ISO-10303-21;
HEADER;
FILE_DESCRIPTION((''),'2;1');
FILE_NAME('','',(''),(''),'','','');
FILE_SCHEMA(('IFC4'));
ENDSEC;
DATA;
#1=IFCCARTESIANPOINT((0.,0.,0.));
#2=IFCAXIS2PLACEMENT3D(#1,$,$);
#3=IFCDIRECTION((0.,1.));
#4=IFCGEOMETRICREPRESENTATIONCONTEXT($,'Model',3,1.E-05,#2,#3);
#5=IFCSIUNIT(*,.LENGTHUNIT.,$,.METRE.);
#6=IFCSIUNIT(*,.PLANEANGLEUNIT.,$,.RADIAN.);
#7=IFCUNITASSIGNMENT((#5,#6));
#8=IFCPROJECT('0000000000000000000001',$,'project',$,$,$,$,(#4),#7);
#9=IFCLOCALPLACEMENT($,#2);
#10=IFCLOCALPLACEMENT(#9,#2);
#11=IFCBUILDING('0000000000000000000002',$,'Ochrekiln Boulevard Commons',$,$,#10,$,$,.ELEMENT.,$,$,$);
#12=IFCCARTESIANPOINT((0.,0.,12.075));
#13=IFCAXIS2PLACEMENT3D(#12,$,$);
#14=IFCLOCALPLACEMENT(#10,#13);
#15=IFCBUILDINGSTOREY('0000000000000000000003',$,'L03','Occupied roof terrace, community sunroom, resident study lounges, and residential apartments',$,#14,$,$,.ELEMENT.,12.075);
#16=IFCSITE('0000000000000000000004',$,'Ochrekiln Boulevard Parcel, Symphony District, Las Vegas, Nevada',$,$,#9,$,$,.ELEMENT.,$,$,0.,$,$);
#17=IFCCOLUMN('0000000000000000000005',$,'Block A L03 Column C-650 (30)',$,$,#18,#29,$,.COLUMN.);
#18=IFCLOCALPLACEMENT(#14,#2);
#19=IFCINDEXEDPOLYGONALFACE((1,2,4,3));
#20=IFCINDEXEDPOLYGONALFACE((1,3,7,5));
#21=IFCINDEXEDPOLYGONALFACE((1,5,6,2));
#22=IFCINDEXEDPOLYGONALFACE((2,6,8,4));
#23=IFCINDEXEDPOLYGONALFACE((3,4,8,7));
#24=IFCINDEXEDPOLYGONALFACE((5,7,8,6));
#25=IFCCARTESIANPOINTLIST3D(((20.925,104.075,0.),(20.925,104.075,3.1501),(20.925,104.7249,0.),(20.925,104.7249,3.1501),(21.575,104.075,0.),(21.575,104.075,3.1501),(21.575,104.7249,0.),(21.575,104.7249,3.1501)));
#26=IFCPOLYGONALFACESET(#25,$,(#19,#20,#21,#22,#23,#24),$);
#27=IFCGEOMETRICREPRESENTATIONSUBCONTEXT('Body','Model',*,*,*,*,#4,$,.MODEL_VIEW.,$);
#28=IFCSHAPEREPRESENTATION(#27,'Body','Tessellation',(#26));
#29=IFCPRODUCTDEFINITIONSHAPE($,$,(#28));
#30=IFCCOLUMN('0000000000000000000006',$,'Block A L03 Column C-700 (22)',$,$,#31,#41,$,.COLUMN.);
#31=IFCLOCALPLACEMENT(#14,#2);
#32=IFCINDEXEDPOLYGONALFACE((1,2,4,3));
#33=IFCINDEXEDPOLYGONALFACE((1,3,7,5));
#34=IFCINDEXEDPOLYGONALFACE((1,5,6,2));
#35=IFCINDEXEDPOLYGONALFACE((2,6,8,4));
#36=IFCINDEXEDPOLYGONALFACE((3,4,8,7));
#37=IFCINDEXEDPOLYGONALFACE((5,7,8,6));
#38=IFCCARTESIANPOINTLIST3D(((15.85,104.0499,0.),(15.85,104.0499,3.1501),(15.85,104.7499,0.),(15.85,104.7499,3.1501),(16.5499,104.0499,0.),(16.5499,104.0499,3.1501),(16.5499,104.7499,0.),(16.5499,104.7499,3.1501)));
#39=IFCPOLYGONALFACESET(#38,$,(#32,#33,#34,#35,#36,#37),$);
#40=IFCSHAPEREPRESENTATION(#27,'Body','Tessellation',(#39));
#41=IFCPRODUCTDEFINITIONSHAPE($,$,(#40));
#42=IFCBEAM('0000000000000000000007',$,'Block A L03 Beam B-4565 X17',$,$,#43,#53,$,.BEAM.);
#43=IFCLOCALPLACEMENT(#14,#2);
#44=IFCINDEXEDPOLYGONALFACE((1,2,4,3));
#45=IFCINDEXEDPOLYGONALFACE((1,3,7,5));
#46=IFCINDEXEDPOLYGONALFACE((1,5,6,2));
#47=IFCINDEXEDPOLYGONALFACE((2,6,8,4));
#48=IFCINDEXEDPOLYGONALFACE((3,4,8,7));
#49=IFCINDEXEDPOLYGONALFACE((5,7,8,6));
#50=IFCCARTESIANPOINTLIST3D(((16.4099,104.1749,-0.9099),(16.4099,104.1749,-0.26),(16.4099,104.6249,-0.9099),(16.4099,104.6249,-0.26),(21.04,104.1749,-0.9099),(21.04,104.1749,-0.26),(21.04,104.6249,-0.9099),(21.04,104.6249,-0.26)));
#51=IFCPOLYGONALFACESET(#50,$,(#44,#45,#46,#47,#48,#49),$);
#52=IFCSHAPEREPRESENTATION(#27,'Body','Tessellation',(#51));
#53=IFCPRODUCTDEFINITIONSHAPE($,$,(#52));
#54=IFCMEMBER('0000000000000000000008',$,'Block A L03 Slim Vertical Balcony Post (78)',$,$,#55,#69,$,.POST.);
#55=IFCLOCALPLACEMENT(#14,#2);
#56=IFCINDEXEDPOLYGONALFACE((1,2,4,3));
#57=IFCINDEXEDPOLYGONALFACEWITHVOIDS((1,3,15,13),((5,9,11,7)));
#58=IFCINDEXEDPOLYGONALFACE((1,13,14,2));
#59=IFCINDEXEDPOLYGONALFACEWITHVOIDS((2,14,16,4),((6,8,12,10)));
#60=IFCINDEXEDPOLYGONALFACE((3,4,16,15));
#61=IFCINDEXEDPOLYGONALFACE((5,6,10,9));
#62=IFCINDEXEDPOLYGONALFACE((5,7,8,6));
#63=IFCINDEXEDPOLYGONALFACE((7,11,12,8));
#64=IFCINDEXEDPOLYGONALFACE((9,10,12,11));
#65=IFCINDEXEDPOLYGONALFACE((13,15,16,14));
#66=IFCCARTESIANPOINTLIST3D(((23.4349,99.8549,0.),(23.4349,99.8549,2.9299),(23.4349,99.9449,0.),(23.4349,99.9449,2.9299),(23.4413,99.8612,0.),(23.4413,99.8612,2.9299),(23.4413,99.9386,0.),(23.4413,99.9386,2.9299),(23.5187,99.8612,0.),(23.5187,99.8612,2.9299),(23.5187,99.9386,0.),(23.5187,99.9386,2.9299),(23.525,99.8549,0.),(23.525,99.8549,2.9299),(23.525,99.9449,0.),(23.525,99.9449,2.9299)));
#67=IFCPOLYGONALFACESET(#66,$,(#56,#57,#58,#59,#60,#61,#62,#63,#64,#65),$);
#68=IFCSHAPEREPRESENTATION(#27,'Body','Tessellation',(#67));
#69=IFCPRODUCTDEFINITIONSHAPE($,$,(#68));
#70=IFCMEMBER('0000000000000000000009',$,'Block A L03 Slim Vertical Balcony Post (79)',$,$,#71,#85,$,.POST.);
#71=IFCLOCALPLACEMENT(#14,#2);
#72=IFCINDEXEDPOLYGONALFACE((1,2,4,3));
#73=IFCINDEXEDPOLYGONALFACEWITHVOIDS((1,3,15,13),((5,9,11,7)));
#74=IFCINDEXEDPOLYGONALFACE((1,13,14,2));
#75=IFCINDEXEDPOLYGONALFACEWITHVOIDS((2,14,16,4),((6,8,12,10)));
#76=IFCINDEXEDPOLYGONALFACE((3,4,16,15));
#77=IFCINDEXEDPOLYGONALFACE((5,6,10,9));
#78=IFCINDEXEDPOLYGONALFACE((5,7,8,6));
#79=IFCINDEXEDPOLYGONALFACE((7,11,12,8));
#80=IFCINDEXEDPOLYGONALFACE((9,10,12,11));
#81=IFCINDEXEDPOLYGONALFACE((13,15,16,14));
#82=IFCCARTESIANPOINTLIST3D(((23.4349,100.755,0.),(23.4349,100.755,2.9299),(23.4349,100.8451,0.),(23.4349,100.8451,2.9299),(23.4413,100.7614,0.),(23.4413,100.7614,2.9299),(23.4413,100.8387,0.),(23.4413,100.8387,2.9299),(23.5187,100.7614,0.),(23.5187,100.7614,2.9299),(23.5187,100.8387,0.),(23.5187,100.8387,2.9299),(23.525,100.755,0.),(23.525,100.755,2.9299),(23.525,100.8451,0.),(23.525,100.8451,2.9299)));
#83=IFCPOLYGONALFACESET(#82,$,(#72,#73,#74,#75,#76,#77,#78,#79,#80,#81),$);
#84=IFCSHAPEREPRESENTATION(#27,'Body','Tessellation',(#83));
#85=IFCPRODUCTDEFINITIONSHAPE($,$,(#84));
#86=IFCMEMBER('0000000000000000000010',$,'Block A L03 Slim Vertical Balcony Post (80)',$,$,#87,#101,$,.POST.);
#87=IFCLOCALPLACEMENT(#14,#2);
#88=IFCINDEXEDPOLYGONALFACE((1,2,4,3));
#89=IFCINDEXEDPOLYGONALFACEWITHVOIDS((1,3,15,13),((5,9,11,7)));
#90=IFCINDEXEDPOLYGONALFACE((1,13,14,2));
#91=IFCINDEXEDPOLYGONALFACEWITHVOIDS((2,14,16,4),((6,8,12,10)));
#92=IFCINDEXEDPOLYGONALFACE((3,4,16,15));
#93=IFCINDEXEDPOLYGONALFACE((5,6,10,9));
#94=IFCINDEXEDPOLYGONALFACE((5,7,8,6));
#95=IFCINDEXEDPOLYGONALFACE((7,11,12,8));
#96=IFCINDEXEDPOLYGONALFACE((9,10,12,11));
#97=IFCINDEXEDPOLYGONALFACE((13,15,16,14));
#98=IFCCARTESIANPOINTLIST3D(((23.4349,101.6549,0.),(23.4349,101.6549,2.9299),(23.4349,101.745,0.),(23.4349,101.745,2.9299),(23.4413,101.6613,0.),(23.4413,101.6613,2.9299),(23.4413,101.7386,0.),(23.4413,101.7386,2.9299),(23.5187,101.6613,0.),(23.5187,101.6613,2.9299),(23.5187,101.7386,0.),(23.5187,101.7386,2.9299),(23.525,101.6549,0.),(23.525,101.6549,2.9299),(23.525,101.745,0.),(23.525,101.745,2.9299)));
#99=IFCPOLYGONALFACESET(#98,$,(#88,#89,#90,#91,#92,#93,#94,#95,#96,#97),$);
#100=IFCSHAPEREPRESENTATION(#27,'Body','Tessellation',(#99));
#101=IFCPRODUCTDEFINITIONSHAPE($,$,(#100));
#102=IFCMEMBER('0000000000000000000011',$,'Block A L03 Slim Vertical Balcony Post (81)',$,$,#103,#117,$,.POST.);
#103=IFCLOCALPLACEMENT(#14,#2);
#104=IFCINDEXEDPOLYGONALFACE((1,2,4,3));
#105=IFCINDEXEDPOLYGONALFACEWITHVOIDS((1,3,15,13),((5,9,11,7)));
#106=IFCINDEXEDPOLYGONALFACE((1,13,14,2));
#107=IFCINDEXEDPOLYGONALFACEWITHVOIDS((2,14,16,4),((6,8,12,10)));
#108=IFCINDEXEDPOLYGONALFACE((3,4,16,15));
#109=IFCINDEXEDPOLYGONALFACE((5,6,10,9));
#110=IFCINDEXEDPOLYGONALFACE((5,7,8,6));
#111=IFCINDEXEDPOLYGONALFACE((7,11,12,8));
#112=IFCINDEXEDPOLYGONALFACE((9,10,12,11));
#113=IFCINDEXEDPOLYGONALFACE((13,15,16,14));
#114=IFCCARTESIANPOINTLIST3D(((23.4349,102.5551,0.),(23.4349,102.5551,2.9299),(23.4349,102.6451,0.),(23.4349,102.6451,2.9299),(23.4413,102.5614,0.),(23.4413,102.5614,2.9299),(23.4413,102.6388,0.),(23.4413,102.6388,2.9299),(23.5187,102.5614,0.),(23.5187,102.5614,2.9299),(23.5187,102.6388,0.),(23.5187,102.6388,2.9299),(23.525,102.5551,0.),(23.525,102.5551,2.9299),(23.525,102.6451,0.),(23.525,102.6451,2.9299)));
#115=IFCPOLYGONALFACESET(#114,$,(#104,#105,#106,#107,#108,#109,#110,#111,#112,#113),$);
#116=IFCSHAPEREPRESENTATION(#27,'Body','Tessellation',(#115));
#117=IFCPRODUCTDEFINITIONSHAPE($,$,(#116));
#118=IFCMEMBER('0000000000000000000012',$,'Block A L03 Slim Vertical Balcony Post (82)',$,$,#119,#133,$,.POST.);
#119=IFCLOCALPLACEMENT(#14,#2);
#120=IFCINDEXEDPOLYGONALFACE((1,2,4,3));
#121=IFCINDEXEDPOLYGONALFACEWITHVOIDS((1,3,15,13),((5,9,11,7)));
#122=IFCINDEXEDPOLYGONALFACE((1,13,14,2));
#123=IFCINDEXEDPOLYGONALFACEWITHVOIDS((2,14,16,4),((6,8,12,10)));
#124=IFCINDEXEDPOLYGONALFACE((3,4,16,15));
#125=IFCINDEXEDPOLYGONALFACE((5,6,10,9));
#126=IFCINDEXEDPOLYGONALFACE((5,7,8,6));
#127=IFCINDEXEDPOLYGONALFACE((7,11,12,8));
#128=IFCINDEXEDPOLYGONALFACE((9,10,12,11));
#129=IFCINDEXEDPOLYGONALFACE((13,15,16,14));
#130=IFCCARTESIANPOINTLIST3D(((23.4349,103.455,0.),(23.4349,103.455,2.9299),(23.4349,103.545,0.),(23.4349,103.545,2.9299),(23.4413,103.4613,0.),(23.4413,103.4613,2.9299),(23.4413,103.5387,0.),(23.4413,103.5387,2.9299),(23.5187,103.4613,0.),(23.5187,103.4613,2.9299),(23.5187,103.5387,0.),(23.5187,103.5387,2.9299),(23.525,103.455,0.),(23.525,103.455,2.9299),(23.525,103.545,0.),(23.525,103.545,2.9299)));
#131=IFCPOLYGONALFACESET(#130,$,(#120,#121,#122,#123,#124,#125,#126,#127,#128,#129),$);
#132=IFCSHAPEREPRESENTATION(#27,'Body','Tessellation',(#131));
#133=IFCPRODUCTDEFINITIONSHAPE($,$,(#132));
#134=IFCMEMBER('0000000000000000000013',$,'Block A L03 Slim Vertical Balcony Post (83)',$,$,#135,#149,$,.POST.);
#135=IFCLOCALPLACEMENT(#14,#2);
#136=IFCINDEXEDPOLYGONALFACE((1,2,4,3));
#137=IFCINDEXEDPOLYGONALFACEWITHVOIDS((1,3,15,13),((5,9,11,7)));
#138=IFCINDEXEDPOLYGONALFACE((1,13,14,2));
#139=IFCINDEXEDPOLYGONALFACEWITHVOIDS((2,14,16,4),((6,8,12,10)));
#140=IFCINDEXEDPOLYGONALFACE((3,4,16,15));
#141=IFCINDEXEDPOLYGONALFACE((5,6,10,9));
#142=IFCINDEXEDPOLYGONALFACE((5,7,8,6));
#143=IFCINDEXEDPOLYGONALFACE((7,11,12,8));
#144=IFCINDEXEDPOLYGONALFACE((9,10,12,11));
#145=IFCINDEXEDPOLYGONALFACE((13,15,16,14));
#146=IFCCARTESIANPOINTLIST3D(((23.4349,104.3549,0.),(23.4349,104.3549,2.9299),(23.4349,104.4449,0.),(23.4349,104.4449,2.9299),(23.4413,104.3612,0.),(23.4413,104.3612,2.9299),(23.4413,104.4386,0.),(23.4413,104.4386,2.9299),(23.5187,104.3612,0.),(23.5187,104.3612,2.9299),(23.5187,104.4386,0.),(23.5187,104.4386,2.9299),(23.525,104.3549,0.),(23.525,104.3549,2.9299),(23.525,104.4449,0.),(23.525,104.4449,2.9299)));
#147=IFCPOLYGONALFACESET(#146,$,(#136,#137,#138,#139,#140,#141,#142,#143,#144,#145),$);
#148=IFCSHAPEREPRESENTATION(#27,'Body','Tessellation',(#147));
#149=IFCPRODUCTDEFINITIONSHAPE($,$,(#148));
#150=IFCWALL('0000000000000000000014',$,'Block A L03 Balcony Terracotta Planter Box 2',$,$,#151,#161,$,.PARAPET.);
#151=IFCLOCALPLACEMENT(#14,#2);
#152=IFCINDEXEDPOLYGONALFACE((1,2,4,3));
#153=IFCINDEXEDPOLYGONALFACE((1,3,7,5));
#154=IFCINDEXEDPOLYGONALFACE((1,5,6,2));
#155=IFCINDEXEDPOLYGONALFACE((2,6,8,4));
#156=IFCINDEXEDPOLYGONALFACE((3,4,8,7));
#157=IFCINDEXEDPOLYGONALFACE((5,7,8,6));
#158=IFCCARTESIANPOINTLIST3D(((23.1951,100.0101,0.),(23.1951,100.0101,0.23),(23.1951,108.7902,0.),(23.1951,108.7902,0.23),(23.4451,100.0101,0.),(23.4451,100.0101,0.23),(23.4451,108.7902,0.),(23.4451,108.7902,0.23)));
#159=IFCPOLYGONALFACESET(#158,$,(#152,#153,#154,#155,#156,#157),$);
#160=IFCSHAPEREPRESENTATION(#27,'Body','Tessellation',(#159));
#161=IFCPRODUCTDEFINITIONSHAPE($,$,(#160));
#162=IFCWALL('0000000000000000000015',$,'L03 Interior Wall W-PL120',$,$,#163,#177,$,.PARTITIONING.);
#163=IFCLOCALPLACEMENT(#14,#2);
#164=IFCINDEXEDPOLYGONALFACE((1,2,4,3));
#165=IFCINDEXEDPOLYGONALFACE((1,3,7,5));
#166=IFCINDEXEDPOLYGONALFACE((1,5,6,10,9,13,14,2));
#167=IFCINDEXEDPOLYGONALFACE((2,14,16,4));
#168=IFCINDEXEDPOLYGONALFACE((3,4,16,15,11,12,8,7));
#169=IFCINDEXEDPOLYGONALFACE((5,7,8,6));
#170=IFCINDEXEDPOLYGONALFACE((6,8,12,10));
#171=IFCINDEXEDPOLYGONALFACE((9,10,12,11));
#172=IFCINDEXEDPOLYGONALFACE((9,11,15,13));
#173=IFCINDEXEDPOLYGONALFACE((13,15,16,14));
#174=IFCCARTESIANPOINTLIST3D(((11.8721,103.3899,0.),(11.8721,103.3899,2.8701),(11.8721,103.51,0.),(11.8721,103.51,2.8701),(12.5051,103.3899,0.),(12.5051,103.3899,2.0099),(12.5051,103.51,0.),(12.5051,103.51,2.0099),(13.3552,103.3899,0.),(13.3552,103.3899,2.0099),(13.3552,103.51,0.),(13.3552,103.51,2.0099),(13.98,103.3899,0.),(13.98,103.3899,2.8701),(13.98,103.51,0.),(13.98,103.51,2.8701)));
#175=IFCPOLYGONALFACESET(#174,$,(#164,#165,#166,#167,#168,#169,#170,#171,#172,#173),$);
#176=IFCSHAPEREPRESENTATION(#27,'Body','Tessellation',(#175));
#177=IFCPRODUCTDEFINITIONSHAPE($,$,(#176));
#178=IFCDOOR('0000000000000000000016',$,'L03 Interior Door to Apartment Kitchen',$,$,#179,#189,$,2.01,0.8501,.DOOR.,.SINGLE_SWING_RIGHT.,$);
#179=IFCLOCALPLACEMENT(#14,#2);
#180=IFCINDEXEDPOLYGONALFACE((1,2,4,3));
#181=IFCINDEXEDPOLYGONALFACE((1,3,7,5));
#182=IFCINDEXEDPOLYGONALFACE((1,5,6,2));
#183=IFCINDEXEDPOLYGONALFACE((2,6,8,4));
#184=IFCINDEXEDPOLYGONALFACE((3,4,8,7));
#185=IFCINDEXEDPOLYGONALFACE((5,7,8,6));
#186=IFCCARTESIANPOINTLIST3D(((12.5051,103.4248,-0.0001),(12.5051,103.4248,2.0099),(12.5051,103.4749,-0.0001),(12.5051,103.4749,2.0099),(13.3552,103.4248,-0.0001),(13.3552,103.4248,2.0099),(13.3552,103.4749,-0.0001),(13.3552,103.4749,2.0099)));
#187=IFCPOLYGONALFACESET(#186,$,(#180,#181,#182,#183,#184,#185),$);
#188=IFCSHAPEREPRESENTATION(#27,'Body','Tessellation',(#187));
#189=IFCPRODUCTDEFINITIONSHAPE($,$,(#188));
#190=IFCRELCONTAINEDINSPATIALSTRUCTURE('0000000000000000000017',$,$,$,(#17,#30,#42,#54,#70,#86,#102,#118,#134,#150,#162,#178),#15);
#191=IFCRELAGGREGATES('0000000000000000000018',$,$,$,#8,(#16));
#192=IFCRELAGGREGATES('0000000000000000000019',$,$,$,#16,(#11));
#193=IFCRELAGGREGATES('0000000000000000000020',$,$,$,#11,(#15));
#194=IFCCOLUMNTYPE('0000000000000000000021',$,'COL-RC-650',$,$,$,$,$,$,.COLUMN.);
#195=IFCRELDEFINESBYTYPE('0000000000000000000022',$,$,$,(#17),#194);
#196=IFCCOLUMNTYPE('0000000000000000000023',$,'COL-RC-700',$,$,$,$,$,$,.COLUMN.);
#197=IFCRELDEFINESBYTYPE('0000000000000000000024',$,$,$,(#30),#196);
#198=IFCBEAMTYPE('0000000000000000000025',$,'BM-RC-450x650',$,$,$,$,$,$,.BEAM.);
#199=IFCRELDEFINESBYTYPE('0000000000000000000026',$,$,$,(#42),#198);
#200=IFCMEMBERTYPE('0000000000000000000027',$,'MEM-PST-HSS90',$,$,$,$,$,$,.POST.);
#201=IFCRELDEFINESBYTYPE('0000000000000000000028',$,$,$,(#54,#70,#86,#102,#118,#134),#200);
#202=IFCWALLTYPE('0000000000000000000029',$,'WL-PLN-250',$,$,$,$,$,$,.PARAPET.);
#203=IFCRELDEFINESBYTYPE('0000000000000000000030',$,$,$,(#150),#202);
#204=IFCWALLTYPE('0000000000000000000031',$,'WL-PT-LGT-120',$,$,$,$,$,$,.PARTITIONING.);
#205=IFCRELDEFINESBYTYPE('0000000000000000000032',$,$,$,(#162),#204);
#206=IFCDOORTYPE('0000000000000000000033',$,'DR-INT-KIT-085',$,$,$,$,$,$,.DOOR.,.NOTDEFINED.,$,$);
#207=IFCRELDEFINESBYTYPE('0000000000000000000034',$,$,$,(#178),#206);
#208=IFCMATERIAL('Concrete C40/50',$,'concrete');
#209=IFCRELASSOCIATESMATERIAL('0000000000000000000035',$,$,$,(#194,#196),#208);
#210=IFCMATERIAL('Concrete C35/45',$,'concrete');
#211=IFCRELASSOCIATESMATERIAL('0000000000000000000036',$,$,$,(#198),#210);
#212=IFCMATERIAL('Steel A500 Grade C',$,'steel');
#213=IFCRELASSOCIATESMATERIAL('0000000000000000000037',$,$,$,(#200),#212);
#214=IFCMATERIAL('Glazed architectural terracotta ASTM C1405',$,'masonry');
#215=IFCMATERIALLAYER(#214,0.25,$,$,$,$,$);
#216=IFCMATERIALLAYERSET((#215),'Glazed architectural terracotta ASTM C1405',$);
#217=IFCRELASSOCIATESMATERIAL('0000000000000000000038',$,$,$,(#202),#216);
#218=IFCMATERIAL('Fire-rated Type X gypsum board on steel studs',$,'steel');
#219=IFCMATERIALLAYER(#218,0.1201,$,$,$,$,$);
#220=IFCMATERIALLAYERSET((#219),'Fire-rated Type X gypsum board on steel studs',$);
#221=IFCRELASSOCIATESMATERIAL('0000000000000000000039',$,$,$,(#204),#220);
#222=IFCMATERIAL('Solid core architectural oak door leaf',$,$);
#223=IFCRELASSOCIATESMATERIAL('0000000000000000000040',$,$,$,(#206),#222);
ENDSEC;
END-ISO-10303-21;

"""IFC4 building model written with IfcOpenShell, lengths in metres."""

from ifc_helpers import new_model, si_unit, direction, frame, frame_2d, origin, origin_2d, place, context, subcontext, project, spatial, rectangle, hollow_rectangle, extrude, material, layer, layer_set, material_profile, profile_set, type_object, element, fill, save


model = new_model("IFC4")

# Units and contexts
model_context = context("Model", 3, precision=1e-05, world=origin(), true_north=direction((0.0, 1.0)))
body_context = subcontext(model_context, "Body", "Model", "MODEL_VIEW")
ifc_project = project(units=[si_unit("LENGTHUNIT", "METRE"), si_unit("PLANEANGLEUNIT", "RADIAN")], contexts=[model_context])

# Site, building, storey
site_placement = place(None, origin())
site = spatial("IfcSite", under=ifc_project, at=site_placement, Name="Ochrekiln Boulevard Parcel, Symphony District, Las Vegas, Nevada", CompositionType="ELEMENT", RefElevation=0.0)
building_placement = place(site_placement, origin())
building = spatial("IfcBuilding", under=site, at=building_placement, Name="Ochrekiln Boulevard Commons", CompositionType="ELEMENT")
storey_placement = place(building_placement, frame((0.0, 0.0, 12.075)))
storey = spatial("IfcBuildingStorey", under=building, at=storey_placement, Name="L03", Description="Occupied roof terrace, community sunroom, resident study lounges, and residential apartments", CompositionType="ELEMENT", Elevation=12.075)

# Columns
ifc_material_1 = material(Name="Concrete C40/50", Category="concrete")
ifc_material_profile_1 = material_profile(ifc_material_1, rectangle(XDim=0.6499, YDim=0.6499, at=origin_2d()), Name="RC-COL-650x650")
ifc_profile_set_1 = profile_set([ifc_material_profile_1], Name="Concrete C40/50")
column_type_1 = type_object("IfcColumnType", Name="COL-RC-650", PredefinedType="COLUMN", material=ifc_profile_set_1)
column_1_placement = place(storey_placement, frame((21.25, 104.3999, 0.0), z_axis=(0.0, 0.0, 1.0), x_axis=(1.0, 0.0, 0.0)))
element("IfcColumn", 1, at=column_1_placement, inside=storey, type_object=column_type_1, Name="Block A L03 Column C-650 (30)", PredefinedType="COLUMN", context=body_context, shape_type="SweptSolid", body=[
    extrude(rectangle(XDim=0.6499, YDim=0.6499, at=origin_2d()), origin(), (0.0, 0.0, 1.0), 3.1501),
])
ifc_material_profile_2 = material_profile(ifc_material_1, rectangle(XDim=0.7, YDim=0.7, at=origin_2d()), Name="RC-COL-700x700")
ifc_profile_set_2 = profile_set([ifc_material_profile_2], Name="Concrete C40/50")
column_type_2 = type_object("IfcColumnType", Name="COL-RC-700", PredefinedType="COLUMN", material=ifc_profile_set_2)
column_2_placement = place(storey_placement, frame((16.2, 104.3999, 0.0), z_axis=(0.0, 0.0, 1.0), x_axis=(1.0, 0.0, 0.0)))
element("IfcColumn", 2, at=column_2_placement, inside=storey, type_object=column_type_2, Name="Block A L03 Column C-700 (22)", PredefinedType="COLUMN", context=body_context, shape_type="SweptSolid", body=[
    extrude(rectangle(XDim=0.7, YDim=0.7, at=origin_2d()), origin(), (0.0, 0.0, 1.0), 3.1501),
])

# Beam
ifc_material_2 = material(Name="Concrete C35/45", Category="concrete")
ifc_material_profile_3 = material_profile(ifc_material_2, rectangle(XDim=0.45, YDim=0.6499, at=origin_2d()), Name="RC-BM-450x650")
ifc_profile_set_3 = profile_set([ifc_material_profile_3], Name="Concrete C35/45")
beam_type = type_object("IfcBeamType", Name="BM-RC-450x650", PredefinedType="BEAM", material=ifc_profile_set_3)
beam_placement = place(storey_placement, frame((16.4099, 104.3999, -0.585), z_axis=(1.0, 0.0, 0.0), x_axis=(0.0, 1.0, 0.0)))
element("IfcBeam", 3, at=beam_placement, inside=storey, type_object=beam_type, Name="Block A L03 Beam B-4565 X17", PredefinedType="BEAM", context=body_context, shape_type="SweptSolid", body=[
    extrude(rectangle(XDim=0.45, YDim=0.6499, at=origin_2d()), origin(), (0.0, 0.0, 1.0), 4.6301),
])

# Members
ifc_material_3 = material(Name="Steel A500 Grade C", Category="steel")
ifc_material_profile_4 = material_profile(ifc_material_3, hollow_rectangle(XDim=0.0901, YDim=0.0901, WallThickness=0.0063, at=origin_2d()), Name="HSS90X90X6.4")
ifc_profile_set_4 = profile_set([ifc_material_profile_4], Name="Steel A500 Grade C")
member_type = type_object("IfcMemberType", Name="MEM-PST-HSS90", PredefinedType="POST", material=ifc_profile_set_4)
for number, where, z_axis, x_axis, name in (
    (4, (23.48, 99.8999, 0.0), (0.0, 0.0, 1.0), (1.0, 0.0, 0.0), "Block A L03 Slim Vertical Balcony Post (78)"),
    (5, (23.48, 100.8, 0.0), (0.0, 0.0, 1.0), (1.0, 0.0, 0.0), "Block A L03 Slim Vertical Balcony Post (79)"),
    (6, (23.48, 101.7, 0.0), (0.0, 0.0, 1.0), (1.0, 0.0, 0.0), "Block A L03 Slim Vertical Balcony Post (80)"),
    (7, (23.48, 102.6001, 0.0), (0.0, 0.0, 1.0), (1.0, 0.0, 0.0), "Block A L03 Slim Vertical Balcony Post (81)"),
    (8, (23.48, 103.5, 0.0), (0.0, 0.0, 1.0), (1.0, 0.0, 0.0), "Block A L03 Slim Vertical Balcony Post (82)"),
    (9, (23.48, 104.3999, 0.0), (0.0, 0.0, 1.0), (1.0, 0.0, 0.0), "Block A L03 Slim Vertical Balcony Post (83)"),
):
    element("IfcMember", number, at=place(storey_placement, frame(where, z_axis=z_axis, x_axis=x_axis)), inside=storey, type_object=member_type, Name=name, PredefinedType="POST", context=body_context, shape_type="SweptSolid", body=[
        extrude(hollow_rectangle(XDim=0.0901, YDim=0.0901, WallThickness=0.0063, at=origin_2d()), origin(), (0.0, 0.0, 1.0), 2.9299),
    ])

# Wall
ifc_material_4 = material(Name="Glazed architectural terracotta ASTM C1405", Category="masonry")
ifc_layer_1 = layer(ifc_material_4, 0.25)
ifc_layer_set_1 = layer_set([ifc_layer_1], Name="Glazed architectural terracotta ASTM C1405")
wall_type_1 = type_object("IfcWallType", Name="WL-PLN-250", PredefinedType="PARAPET", material=ifc_layer_set_1)
wall_1_placement = place(storey_placement, frame((23.3201, 100.01, 0.0), z_axis=(0.0, 0.0, 1.0), x_axis=(0.0, 1.0, 0.0)))
element("IfcWall", 10, at=wall_1_placement, inside=storey, type_object=wall_type_1, Name="Block A L03 Balcony Terracotta Planter Box 2", PredefinedType="PARAPET", context=body_context, shape_type="SweptSolid", body=[
    extrude(rectangle(XDim=8.78, YDim=0.25, at=frame_2d((4.3901, 0.0))), origin(), (0.0, 0.0, 1.0), 0.23),
])

# Wall, opening, door
ifc_material_5 = material(Name="Fire-rated Type X gypsum board on steel studs", Category="steel")
ifc_layer_2 = layer(ifc_material_5, 0.1201)
ifc_layer_set_2 = layer_set([ifc_layer_2], Name="Fire-rated Type X gypsum board on steel studs")
wall_type_2 = type_object("IfcWallType", Name="WL-PT-LGT-120", PredefinedType="PARTITIONING", material=ifc_layer_set_2)
wall_2_placement = place(storey_placement, frame((11.8721, 103.45, 0.0), z_axis=(0.0, 0.0, 1.0), x_axis=(1.0, 0.0, 0.0)))
wall_2 = element("IfcWall", 11, at=wall_2_placement, inside=storey, type_object=wall_type_2, Name="L03 Interior Wall W-PL120", PredefinedType="PARTITIONING", context=body_context, shape_type="SweptSolid", body=[
    extrude(rectangle(XDim=2.1079, YDim=0.1201, at=frame_2d((1.054, 0.0))), origin(), (0.0, 0.0, 1.0), 2.8701),
])
opening_1_placement = place(wall_2_placement, frame((0.6331, 0.0, 0.0)))
opening_1 = element("IfcOpeningElement", 12, at=opening_1_placement, cuts=wall_2, PredefinedType="OPENING", context=body_context, shape_type="SweptSolid", body=[
    extrude(rectangle(XDim=0.8501, YDim=2.01, at=frame_2d((0.425, 1.0049))), frame((0.0, 0.0701, 0.0), z_axis=(0.0, -1.0, 0.0), x_axis=(1.0, 0.0, 0.0)), (0.0, 0.0, 1.0), 0.1401),
])
ifc_material_6 = material(Name="Solid core architectural oak door leaf")
door_type_1 = type_object("IfcDoorType", Name="DR-INT-KIT-085", OperationType="NOTDEFINED", PredefinedType="DOOR", material=ifc_material_6)
door_1_placement = place(opening_1_placement, origin())
door_1 = element("IfcDoor", 13, at=door_1_placement, inside=storey, type_object=door_type_1, Name="L03 Interior Door to Apartment Kitchen", OperationType="SINGLE_SWING_RIGHT", OverallHeight=2.01, OverallWidth=0.8501, PredefinedType="DOOR", context=body_context, shape_type="SweptSolid", body=[
    extrude(rectangle(XDim=0.8501, YDim=2.01, at=frame_2d((0.425, 1.0049))), frame((0.0, 0.0249, 0.0), z_axis=(0.0, -1.0, 0.0), x_axis=(1.0, 0.0, 0.0)), (0.0, 0.0, 1.0), 0.05),
])
fill(opening_1, door_1)

save(model, "model.ifc")
